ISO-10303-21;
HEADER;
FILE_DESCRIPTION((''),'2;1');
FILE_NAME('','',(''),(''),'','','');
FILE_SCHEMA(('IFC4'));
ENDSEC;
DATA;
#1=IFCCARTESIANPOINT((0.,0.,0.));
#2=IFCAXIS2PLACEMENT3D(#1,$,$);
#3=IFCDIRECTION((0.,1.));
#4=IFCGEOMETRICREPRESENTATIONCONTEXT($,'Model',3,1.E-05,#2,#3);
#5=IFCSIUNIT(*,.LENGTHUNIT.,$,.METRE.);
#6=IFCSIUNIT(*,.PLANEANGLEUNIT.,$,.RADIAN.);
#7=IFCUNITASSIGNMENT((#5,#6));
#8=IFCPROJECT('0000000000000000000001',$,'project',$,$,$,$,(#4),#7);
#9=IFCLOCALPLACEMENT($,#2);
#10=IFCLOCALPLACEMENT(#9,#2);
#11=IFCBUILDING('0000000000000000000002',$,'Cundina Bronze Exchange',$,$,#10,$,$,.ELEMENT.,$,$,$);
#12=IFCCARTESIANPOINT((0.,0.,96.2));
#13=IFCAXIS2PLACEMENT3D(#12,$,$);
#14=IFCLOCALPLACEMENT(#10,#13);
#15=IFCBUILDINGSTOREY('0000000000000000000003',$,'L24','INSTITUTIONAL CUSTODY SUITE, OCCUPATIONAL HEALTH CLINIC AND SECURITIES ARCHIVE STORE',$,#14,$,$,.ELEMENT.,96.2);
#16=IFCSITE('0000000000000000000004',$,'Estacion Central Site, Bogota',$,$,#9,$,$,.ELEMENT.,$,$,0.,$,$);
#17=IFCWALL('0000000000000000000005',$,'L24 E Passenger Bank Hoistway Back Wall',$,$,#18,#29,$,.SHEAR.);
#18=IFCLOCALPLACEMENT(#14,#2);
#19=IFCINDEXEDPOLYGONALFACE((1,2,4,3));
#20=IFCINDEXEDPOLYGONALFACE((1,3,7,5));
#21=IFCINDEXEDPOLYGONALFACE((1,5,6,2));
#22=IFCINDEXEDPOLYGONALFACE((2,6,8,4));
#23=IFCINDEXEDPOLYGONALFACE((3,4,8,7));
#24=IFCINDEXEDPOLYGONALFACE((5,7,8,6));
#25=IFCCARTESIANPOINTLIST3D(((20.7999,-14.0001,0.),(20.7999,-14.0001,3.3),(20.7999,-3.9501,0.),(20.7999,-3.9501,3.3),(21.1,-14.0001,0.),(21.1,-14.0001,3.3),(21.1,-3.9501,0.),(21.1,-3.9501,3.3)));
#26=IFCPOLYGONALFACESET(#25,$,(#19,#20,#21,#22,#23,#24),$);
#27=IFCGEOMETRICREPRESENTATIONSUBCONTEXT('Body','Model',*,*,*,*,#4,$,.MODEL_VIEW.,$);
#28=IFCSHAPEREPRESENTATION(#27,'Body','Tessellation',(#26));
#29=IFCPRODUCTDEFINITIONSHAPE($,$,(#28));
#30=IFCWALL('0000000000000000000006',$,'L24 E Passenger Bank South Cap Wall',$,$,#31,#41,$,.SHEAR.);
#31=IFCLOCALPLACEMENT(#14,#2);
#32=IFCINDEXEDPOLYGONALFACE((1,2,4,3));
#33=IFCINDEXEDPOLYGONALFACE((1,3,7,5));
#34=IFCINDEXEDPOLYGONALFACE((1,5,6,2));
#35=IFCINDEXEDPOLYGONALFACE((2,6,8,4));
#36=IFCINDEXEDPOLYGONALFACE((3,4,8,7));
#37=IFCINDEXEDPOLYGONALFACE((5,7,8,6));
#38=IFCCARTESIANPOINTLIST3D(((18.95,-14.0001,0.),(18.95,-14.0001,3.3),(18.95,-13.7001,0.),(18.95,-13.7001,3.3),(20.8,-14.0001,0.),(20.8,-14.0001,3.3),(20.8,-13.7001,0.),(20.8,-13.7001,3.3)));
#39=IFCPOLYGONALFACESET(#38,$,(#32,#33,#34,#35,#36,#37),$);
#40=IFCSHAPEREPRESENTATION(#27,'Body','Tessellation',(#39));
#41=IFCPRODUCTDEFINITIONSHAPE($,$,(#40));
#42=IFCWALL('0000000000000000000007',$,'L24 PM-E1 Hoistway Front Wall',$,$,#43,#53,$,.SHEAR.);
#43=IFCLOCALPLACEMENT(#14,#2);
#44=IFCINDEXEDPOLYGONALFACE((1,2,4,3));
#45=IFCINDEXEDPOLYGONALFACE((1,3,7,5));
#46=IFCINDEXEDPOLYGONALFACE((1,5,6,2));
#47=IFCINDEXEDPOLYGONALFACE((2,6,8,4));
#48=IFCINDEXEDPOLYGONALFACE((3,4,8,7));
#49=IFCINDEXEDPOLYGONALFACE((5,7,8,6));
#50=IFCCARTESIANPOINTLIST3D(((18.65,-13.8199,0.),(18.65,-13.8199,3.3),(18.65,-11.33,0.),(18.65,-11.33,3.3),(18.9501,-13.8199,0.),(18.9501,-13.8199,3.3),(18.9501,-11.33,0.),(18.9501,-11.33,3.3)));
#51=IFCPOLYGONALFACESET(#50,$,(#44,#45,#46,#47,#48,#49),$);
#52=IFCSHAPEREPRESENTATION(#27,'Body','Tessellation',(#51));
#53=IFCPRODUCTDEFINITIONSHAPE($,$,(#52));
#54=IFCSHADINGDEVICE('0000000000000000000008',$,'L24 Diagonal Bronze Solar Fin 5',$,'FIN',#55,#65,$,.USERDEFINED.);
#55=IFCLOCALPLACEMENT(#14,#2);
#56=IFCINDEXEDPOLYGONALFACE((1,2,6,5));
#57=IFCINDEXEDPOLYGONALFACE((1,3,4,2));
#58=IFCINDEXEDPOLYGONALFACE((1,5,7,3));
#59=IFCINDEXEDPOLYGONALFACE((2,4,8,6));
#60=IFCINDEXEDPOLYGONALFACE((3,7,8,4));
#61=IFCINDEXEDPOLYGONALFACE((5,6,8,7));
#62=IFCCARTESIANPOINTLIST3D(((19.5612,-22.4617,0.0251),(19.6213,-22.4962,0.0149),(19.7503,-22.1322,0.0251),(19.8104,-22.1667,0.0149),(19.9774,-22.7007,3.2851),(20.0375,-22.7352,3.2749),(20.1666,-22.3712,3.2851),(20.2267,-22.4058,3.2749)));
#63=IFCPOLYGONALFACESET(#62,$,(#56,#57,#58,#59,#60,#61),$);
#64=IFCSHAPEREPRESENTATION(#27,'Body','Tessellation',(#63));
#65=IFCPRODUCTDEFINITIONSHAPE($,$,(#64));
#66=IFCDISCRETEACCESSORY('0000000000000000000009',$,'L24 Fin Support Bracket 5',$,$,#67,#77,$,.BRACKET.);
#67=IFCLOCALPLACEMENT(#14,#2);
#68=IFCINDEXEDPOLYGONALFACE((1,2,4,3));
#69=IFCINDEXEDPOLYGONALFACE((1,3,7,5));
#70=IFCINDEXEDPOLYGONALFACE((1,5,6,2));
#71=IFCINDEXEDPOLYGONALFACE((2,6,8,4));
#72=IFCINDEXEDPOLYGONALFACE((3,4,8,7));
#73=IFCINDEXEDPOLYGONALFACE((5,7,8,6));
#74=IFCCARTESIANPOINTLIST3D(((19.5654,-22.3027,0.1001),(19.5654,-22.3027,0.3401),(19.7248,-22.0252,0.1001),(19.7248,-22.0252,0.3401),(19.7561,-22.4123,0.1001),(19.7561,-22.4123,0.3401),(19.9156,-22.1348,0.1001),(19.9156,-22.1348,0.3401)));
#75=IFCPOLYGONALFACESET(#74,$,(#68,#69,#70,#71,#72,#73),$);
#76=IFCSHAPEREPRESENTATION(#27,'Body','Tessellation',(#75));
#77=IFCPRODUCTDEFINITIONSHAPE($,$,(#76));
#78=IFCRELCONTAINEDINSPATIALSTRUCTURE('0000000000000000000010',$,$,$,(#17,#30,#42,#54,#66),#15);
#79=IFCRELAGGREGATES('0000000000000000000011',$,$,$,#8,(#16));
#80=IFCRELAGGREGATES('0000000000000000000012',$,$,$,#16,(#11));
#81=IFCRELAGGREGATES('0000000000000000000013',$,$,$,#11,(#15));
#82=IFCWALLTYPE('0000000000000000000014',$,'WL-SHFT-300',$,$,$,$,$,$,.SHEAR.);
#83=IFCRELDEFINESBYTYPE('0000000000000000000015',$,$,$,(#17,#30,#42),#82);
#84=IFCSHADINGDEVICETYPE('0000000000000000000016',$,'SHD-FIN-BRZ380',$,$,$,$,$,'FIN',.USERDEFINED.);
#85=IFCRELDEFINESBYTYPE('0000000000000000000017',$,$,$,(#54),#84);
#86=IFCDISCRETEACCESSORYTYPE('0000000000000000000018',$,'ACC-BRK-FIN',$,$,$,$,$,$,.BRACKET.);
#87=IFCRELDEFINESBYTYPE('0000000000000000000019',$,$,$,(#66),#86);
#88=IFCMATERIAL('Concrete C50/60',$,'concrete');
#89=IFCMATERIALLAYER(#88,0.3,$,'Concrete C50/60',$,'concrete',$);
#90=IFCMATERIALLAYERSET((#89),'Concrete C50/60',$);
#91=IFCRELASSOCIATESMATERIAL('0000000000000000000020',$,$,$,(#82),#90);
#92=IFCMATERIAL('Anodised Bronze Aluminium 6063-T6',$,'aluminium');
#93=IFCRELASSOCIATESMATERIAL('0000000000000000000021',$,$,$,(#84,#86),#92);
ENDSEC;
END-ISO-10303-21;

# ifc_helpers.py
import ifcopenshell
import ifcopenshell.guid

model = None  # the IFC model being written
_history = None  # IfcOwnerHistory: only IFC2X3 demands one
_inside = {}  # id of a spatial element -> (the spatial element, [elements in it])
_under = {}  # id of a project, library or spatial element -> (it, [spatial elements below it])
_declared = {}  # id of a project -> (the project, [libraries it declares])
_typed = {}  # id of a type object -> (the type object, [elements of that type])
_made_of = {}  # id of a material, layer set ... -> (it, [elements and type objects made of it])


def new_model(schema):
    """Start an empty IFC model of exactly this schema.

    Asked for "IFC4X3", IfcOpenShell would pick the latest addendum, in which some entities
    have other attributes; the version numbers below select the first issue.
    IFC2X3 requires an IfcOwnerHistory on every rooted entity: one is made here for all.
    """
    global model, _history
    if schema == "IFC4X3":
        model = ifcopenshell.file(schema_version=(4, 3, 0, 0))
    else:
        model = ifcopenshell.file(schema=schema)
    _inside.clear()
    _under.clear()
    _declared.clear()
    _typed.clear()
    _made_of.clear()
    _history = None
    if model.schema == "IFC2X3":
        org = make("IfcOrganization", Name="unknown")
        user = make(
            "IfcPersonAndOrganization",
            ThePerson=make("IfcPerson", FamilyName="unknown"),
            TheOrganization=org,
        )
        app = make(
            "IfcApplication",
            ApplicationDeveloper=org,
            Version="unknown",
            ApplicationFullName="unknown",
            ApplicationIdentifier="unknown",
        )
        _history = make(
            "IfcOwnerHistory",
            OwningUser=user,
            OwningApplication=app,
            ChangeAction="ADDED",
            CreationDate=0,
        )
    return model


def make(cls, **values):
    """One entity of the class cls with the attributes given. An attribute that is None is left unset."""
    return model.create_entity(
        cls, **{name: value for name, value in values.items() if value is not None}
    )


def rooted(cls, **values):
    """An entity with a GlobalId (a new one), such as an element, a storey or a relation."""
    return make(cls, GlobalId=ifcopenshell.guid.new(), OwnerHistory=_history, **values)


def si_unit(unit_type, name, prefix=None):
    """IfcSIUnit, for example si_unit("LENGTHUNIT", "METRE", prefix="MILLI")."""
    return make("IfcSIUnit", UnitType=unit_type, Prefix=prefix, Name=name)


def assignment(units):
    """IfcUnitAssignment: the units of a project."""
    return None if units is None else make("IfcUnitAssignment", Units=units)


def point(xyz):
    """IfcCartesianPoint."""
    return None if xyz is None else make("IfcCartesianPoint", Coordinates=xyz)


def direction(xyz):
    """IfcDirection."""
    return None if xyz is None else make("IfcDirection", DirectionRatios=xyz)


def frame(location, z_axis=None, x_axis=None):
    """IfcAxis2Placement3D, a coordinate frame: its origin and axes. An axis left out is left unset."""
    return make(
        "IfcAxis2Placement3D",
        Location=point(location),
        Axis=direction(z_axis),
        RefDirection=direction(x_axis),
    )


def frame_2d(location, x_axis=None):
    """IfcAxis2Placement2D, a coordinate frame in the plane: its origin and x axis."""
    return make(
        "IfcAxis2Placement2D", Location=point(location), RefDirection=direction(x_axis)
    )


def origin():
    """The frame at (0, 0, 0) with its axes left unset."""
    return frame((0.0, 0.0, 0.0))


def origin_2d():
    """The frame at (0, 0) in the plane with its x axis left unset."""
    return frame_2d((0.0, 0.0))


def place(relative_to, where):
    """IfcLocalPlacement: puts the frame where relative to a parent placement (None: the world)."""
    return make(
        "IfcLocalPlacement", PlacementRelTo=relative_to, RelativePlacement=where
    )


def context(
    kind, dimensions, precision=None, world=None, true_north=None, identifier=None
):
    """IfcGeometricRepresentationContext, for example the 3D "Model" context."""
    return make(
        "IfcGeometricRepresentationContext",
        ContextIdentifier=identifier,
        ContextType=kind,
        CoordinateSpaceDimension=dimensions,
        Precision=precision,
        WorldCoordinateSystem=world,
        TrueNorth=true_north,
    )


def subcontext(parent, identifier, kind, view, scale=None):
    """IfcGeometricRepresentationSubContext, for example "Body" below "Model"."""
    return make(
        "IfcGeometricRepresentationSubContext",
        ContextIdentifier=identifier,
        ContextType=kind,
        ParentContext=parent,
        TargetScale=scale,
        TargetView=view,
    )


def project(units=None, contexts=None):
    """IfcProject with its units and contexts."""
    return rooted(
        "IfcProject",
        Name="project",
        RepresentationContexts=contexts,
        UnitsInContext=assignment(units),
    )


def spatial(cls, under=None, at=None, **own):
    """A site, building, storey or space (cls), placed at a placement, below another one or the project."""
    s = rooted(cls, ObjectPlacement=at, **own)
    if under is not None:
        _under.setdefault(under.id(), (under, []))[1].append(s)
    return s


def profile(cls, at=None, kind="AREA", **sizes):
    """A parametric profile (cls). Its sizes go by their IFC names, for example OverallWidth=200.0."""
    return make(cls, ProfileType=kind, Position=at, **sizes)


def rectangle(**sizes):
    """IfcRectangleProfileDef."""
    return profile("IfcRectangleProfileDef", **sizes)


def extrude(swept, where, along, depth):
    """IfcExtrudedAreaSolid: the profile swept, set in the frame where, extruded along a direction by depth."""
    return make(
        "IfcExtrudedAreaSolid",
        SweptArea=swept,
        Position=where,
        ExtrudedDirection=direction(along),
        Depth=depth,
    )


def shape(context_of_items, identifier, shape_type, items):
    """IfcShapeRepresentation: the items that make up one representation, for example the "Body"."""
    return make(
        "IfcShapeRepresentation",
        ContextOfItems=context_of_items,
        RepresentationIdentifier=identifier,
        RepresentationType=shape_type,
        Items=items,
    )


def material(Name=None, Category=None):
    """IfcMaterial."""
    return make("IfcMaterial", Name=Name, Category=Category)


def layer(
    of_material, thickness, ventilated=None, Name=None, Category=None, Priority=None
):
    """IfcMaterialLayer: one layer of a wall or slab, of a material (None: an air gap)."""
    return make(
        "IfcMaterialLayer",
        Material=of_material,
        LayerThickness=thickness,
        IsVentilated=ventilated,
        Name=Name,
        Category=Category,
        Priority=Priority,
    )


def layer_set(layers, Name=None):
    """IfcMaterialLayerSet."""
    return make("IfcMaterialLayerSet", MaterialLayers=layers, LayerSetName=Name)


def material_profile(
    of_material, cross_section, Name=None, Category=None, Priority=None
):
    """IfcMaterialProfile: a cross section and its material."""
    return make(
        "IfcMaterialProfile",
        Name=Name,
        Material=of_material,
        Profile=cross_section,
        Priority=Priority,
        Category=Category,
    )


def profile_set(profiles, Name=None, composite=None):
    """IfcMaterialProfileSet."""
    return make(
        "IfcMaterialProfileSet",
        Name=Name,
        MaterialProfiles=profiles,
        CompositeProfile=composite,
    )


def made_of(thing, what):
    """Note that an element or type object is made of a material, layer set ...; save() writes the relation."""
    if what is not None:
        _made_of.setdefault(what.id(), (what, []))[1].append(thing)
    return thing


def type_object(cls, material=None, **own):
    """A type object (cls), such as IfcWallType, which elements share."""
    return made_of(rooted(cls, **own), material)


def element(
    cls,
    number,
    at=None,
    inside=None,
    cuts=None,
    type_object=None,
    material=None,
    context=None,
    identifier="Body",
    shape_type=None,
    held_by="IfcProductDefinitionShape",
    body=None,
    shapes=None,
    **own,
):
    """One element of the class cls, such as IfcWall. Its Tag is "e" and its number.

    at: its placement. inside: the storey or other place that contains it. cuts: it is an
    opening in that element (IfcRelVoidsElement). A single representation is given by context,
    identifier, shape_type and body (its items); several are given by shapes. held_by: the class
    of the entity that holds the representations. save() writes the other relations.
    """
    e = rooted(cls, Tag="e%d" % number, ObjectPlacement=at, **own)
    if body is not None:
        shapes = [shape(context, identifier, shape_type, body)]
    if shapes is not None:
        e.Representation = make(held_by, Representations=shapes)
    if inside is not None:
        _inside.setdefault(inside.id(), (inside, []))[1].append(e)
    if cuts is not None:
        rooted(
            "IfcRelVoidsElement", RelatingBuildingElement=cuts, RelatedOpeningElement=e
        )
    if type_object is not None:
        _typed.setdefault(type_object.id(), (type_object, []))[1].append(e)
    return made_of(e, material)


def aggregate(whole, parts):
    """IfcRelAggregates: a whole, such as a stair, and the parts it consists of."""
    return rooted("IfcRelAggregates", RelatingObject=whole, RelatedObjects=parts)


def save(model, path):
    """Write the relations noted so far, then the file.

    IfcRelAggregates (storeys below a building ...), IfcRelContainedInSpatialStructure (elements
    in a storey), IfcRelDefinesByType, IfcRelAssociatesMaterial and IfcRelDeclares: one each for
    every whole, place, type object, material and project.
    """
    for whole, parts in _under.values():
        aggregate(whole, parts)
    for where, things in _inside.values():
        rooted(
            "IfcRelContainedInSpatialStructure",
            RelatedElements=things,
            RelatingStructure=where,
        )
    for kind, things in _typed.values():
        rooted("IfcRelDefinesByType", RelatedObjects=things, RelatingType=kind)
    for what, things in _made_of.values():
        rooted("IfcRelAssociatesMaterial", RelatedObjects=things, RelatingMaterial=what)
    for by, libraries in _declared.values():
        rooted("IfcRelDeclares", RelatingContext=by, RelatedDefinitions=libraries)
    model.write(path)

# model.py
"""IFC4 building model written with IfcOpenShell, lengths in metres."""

from ifc_helpers import new_model, si_unit, direction, frame, frame_2d, origin, origin_2d, place, context, subcontext, project, spatial, rectangle, extrude, material, layer, layer_set, material_profile, profile_set, type_object, element, save


model = new_model("IFC4")

# Units and contexts
model_context = context("Model", 3, precision=1e-05, world=origin(), true_north=direction((0.0, 1.0)))
body_context = subcontext(model_context, "Body", "Model", "MODEL_VIEW")
ifc_project = project(units=[si_unit("LENGTHUNIT", "METRE"), si_unit("PLANEANGLEUNIT", "RADIAN")], contexts=[model_context])

# Site, building, storey
site_placement = place(None, origin())
site = spatial("IfcSite", under=ifc_project, at=site_placement, Name="Estacion Central Site, Bogota", CompositionType="ELEMENT", RefElevation=0.0)
building_placement = place(site_placement, origin())
building = spatial("IfcBuilding", under=site, at=building_placement, Name="Cundina Bronze Exchange", CompositionType="ELEMENT")
storey_placement = place(building_placement, frame((0.0, 0.0, 96.2)))
storey = spatial("IfcBuildingStorey", under=building, at=storey_placement, Name="L24", Description="INSTITUTIONAL CUSTODY SUITE, OCCUPATIONAL HEALTH CLINIC AND SECURITIES ARCHIVE STORE", CompositionType="ELEMENT", Elevation=96.2)

# Shared definitions
ifc_material_1 = material(Name="Anodised Bronze Aluminium 6063-T6", Category="aluminium")

# Walls
ifc_material_2 = material(Name="Concrete C50/60", Category="concrete")
ifc_layer_1 = layer(ifc_material_2, 0.3, Name="Concrete C50/60", Category="concrete")
ifc_layer_set_1 = layer_set([ifc_layer_1], Name="Concrete C50/60")
wall_type_1 = type_object("IfcWallType", Name="WL-SHFT-300", PredefinedType="SHEAR", material=ifc_layer_set_1)
wall_1_placement = place(storey_placement, frame((20.95, -14.0, 0.0), z_axis=(0.0, 0.0, 1.0), x_axis=(0.0, 1.0, 0.0)))
element("IfcWall", 1, at=wall_1_placement, inside=storey, type_object=wall_type_1, Name="L24 E Passenger Bank Hoistway Back Wall", PredefinedType="SHEAR", context=body_context, shape_type="SweptSolid", body=[
    extrude(rectangle(XDim=10.05, YDim=0.3, at=frame_2d((5.0249, 0.0))), origin(), (0.0, 0.0, 1.0), 3.3),
])
wall_2_placement = place(storey_placement, frame((18.95, -13.8501, 0.0), z_axis=(0.0, 0.0, 1.0), x_axis=(1.0, 0.0, 0.0)))
element("IfcWall", 2, at=wall_2_placement, inside=storey, type_object=wall_type_1, Name="L24 E Passenger Bank South Cap Wall", PredefinedType="SHEAR", context=body_context, shape_type="SweptSolid", body=[
    extrude(rectangle(XDim=1.8501, YDim=0.3, at=frame_2d((0.925, 0.0))), origin(), (0.0, 0.0, 1.0), 3.3),
])
wall_3_placement = place(storey_placement, frame((18.8, -13.8201, 0.0), z_axis=(0.0, 0.0, 1.0), x_axis=(0.0, 1.0, 0.0)))
element("IfcWall", 3, at=wall_3_placement, inside=storey, type_object=wall_type_1, Name="L24 PM-E1 Hoistway Front Wall", PredefinedType="SHEAR", context=body_context, shape_type="SweptSolid", body=[
    extrude(rectangle(XDim=2.49, YDim=0.3, at=frame_2d((1.2451, 0.0))), origin(), (0.0, 0.0, 1.0), 3.3),
])

# Shading device
ifc_material_profile_1 = material_profile(ifc_material_1, rectangle(XDim=0.0701, YDim=0.3799, at=origin_2d()), Name="FIN70X380", Category="aluminium")
ifc_profile_set_1 = profile_set([ifc_material_profile_1], Name="Anodised Bronze Aluminium 6063-T6")
shading_device_type = type_object("IfcShadingDeviceType", Name="SHD-FIN-BRZ380", ElementType="FIN", PredefinedType="USERDEFINED", material=ifc_profile_set_1)
shading_device_placement = place(storey_placement, frame((19.6858, -22.3142, 0.02), z_axis=(0.126325, -0.072535, 0.989333), x_axis=(-0.857958, 0.492634, 0.145668)))
element("IfcShadingDevice", 4, at=shading_device_placement, inside=storey, type_object=shading_device_type, Name="L24 Diagonal Bronze Solar Fin 5", ObjectType="FIN", PredefinedType="USERDEFINED", context=body_context, shape_type="SweptSolid", body=[
    extrude(rectangle(XDim=0.0701, YDim=0.3799, at=origin_2d()), origin(), (0.0, 0.0, 1.0), 3.2952),
])

# Discrete accessory
discrete_accessory_type = type_object("IfcDiscreteAccessoryType", Name="ACC-BRK-FIN", PredefinedType="BRACKET", material=ifc_material_1)
discrete_accessory_placement = place(storey_placement, frame((19.7405, -22.2188, 0.1001), z_axis=(0.0, 0.0, 1.0), x_axis=(0.867105, -0.498125, 0.0)))
element("IfcDiscreteAccessory", 5, at=discrete_accessory_placement, inside=storey, type_object=discrete_accessory_type, Name="L24 Fin Support Bracket 5", PredefinedType="BRACKET", context=body_context, shape_type="SweptSolid", body=[
    extrude(rectangle(XDim=0.22, YDim=0.3201, at=origin_2d()), origin(), (0.0, 0.0, 1.0), 0.24),
])

save(model, "model.ifc")
